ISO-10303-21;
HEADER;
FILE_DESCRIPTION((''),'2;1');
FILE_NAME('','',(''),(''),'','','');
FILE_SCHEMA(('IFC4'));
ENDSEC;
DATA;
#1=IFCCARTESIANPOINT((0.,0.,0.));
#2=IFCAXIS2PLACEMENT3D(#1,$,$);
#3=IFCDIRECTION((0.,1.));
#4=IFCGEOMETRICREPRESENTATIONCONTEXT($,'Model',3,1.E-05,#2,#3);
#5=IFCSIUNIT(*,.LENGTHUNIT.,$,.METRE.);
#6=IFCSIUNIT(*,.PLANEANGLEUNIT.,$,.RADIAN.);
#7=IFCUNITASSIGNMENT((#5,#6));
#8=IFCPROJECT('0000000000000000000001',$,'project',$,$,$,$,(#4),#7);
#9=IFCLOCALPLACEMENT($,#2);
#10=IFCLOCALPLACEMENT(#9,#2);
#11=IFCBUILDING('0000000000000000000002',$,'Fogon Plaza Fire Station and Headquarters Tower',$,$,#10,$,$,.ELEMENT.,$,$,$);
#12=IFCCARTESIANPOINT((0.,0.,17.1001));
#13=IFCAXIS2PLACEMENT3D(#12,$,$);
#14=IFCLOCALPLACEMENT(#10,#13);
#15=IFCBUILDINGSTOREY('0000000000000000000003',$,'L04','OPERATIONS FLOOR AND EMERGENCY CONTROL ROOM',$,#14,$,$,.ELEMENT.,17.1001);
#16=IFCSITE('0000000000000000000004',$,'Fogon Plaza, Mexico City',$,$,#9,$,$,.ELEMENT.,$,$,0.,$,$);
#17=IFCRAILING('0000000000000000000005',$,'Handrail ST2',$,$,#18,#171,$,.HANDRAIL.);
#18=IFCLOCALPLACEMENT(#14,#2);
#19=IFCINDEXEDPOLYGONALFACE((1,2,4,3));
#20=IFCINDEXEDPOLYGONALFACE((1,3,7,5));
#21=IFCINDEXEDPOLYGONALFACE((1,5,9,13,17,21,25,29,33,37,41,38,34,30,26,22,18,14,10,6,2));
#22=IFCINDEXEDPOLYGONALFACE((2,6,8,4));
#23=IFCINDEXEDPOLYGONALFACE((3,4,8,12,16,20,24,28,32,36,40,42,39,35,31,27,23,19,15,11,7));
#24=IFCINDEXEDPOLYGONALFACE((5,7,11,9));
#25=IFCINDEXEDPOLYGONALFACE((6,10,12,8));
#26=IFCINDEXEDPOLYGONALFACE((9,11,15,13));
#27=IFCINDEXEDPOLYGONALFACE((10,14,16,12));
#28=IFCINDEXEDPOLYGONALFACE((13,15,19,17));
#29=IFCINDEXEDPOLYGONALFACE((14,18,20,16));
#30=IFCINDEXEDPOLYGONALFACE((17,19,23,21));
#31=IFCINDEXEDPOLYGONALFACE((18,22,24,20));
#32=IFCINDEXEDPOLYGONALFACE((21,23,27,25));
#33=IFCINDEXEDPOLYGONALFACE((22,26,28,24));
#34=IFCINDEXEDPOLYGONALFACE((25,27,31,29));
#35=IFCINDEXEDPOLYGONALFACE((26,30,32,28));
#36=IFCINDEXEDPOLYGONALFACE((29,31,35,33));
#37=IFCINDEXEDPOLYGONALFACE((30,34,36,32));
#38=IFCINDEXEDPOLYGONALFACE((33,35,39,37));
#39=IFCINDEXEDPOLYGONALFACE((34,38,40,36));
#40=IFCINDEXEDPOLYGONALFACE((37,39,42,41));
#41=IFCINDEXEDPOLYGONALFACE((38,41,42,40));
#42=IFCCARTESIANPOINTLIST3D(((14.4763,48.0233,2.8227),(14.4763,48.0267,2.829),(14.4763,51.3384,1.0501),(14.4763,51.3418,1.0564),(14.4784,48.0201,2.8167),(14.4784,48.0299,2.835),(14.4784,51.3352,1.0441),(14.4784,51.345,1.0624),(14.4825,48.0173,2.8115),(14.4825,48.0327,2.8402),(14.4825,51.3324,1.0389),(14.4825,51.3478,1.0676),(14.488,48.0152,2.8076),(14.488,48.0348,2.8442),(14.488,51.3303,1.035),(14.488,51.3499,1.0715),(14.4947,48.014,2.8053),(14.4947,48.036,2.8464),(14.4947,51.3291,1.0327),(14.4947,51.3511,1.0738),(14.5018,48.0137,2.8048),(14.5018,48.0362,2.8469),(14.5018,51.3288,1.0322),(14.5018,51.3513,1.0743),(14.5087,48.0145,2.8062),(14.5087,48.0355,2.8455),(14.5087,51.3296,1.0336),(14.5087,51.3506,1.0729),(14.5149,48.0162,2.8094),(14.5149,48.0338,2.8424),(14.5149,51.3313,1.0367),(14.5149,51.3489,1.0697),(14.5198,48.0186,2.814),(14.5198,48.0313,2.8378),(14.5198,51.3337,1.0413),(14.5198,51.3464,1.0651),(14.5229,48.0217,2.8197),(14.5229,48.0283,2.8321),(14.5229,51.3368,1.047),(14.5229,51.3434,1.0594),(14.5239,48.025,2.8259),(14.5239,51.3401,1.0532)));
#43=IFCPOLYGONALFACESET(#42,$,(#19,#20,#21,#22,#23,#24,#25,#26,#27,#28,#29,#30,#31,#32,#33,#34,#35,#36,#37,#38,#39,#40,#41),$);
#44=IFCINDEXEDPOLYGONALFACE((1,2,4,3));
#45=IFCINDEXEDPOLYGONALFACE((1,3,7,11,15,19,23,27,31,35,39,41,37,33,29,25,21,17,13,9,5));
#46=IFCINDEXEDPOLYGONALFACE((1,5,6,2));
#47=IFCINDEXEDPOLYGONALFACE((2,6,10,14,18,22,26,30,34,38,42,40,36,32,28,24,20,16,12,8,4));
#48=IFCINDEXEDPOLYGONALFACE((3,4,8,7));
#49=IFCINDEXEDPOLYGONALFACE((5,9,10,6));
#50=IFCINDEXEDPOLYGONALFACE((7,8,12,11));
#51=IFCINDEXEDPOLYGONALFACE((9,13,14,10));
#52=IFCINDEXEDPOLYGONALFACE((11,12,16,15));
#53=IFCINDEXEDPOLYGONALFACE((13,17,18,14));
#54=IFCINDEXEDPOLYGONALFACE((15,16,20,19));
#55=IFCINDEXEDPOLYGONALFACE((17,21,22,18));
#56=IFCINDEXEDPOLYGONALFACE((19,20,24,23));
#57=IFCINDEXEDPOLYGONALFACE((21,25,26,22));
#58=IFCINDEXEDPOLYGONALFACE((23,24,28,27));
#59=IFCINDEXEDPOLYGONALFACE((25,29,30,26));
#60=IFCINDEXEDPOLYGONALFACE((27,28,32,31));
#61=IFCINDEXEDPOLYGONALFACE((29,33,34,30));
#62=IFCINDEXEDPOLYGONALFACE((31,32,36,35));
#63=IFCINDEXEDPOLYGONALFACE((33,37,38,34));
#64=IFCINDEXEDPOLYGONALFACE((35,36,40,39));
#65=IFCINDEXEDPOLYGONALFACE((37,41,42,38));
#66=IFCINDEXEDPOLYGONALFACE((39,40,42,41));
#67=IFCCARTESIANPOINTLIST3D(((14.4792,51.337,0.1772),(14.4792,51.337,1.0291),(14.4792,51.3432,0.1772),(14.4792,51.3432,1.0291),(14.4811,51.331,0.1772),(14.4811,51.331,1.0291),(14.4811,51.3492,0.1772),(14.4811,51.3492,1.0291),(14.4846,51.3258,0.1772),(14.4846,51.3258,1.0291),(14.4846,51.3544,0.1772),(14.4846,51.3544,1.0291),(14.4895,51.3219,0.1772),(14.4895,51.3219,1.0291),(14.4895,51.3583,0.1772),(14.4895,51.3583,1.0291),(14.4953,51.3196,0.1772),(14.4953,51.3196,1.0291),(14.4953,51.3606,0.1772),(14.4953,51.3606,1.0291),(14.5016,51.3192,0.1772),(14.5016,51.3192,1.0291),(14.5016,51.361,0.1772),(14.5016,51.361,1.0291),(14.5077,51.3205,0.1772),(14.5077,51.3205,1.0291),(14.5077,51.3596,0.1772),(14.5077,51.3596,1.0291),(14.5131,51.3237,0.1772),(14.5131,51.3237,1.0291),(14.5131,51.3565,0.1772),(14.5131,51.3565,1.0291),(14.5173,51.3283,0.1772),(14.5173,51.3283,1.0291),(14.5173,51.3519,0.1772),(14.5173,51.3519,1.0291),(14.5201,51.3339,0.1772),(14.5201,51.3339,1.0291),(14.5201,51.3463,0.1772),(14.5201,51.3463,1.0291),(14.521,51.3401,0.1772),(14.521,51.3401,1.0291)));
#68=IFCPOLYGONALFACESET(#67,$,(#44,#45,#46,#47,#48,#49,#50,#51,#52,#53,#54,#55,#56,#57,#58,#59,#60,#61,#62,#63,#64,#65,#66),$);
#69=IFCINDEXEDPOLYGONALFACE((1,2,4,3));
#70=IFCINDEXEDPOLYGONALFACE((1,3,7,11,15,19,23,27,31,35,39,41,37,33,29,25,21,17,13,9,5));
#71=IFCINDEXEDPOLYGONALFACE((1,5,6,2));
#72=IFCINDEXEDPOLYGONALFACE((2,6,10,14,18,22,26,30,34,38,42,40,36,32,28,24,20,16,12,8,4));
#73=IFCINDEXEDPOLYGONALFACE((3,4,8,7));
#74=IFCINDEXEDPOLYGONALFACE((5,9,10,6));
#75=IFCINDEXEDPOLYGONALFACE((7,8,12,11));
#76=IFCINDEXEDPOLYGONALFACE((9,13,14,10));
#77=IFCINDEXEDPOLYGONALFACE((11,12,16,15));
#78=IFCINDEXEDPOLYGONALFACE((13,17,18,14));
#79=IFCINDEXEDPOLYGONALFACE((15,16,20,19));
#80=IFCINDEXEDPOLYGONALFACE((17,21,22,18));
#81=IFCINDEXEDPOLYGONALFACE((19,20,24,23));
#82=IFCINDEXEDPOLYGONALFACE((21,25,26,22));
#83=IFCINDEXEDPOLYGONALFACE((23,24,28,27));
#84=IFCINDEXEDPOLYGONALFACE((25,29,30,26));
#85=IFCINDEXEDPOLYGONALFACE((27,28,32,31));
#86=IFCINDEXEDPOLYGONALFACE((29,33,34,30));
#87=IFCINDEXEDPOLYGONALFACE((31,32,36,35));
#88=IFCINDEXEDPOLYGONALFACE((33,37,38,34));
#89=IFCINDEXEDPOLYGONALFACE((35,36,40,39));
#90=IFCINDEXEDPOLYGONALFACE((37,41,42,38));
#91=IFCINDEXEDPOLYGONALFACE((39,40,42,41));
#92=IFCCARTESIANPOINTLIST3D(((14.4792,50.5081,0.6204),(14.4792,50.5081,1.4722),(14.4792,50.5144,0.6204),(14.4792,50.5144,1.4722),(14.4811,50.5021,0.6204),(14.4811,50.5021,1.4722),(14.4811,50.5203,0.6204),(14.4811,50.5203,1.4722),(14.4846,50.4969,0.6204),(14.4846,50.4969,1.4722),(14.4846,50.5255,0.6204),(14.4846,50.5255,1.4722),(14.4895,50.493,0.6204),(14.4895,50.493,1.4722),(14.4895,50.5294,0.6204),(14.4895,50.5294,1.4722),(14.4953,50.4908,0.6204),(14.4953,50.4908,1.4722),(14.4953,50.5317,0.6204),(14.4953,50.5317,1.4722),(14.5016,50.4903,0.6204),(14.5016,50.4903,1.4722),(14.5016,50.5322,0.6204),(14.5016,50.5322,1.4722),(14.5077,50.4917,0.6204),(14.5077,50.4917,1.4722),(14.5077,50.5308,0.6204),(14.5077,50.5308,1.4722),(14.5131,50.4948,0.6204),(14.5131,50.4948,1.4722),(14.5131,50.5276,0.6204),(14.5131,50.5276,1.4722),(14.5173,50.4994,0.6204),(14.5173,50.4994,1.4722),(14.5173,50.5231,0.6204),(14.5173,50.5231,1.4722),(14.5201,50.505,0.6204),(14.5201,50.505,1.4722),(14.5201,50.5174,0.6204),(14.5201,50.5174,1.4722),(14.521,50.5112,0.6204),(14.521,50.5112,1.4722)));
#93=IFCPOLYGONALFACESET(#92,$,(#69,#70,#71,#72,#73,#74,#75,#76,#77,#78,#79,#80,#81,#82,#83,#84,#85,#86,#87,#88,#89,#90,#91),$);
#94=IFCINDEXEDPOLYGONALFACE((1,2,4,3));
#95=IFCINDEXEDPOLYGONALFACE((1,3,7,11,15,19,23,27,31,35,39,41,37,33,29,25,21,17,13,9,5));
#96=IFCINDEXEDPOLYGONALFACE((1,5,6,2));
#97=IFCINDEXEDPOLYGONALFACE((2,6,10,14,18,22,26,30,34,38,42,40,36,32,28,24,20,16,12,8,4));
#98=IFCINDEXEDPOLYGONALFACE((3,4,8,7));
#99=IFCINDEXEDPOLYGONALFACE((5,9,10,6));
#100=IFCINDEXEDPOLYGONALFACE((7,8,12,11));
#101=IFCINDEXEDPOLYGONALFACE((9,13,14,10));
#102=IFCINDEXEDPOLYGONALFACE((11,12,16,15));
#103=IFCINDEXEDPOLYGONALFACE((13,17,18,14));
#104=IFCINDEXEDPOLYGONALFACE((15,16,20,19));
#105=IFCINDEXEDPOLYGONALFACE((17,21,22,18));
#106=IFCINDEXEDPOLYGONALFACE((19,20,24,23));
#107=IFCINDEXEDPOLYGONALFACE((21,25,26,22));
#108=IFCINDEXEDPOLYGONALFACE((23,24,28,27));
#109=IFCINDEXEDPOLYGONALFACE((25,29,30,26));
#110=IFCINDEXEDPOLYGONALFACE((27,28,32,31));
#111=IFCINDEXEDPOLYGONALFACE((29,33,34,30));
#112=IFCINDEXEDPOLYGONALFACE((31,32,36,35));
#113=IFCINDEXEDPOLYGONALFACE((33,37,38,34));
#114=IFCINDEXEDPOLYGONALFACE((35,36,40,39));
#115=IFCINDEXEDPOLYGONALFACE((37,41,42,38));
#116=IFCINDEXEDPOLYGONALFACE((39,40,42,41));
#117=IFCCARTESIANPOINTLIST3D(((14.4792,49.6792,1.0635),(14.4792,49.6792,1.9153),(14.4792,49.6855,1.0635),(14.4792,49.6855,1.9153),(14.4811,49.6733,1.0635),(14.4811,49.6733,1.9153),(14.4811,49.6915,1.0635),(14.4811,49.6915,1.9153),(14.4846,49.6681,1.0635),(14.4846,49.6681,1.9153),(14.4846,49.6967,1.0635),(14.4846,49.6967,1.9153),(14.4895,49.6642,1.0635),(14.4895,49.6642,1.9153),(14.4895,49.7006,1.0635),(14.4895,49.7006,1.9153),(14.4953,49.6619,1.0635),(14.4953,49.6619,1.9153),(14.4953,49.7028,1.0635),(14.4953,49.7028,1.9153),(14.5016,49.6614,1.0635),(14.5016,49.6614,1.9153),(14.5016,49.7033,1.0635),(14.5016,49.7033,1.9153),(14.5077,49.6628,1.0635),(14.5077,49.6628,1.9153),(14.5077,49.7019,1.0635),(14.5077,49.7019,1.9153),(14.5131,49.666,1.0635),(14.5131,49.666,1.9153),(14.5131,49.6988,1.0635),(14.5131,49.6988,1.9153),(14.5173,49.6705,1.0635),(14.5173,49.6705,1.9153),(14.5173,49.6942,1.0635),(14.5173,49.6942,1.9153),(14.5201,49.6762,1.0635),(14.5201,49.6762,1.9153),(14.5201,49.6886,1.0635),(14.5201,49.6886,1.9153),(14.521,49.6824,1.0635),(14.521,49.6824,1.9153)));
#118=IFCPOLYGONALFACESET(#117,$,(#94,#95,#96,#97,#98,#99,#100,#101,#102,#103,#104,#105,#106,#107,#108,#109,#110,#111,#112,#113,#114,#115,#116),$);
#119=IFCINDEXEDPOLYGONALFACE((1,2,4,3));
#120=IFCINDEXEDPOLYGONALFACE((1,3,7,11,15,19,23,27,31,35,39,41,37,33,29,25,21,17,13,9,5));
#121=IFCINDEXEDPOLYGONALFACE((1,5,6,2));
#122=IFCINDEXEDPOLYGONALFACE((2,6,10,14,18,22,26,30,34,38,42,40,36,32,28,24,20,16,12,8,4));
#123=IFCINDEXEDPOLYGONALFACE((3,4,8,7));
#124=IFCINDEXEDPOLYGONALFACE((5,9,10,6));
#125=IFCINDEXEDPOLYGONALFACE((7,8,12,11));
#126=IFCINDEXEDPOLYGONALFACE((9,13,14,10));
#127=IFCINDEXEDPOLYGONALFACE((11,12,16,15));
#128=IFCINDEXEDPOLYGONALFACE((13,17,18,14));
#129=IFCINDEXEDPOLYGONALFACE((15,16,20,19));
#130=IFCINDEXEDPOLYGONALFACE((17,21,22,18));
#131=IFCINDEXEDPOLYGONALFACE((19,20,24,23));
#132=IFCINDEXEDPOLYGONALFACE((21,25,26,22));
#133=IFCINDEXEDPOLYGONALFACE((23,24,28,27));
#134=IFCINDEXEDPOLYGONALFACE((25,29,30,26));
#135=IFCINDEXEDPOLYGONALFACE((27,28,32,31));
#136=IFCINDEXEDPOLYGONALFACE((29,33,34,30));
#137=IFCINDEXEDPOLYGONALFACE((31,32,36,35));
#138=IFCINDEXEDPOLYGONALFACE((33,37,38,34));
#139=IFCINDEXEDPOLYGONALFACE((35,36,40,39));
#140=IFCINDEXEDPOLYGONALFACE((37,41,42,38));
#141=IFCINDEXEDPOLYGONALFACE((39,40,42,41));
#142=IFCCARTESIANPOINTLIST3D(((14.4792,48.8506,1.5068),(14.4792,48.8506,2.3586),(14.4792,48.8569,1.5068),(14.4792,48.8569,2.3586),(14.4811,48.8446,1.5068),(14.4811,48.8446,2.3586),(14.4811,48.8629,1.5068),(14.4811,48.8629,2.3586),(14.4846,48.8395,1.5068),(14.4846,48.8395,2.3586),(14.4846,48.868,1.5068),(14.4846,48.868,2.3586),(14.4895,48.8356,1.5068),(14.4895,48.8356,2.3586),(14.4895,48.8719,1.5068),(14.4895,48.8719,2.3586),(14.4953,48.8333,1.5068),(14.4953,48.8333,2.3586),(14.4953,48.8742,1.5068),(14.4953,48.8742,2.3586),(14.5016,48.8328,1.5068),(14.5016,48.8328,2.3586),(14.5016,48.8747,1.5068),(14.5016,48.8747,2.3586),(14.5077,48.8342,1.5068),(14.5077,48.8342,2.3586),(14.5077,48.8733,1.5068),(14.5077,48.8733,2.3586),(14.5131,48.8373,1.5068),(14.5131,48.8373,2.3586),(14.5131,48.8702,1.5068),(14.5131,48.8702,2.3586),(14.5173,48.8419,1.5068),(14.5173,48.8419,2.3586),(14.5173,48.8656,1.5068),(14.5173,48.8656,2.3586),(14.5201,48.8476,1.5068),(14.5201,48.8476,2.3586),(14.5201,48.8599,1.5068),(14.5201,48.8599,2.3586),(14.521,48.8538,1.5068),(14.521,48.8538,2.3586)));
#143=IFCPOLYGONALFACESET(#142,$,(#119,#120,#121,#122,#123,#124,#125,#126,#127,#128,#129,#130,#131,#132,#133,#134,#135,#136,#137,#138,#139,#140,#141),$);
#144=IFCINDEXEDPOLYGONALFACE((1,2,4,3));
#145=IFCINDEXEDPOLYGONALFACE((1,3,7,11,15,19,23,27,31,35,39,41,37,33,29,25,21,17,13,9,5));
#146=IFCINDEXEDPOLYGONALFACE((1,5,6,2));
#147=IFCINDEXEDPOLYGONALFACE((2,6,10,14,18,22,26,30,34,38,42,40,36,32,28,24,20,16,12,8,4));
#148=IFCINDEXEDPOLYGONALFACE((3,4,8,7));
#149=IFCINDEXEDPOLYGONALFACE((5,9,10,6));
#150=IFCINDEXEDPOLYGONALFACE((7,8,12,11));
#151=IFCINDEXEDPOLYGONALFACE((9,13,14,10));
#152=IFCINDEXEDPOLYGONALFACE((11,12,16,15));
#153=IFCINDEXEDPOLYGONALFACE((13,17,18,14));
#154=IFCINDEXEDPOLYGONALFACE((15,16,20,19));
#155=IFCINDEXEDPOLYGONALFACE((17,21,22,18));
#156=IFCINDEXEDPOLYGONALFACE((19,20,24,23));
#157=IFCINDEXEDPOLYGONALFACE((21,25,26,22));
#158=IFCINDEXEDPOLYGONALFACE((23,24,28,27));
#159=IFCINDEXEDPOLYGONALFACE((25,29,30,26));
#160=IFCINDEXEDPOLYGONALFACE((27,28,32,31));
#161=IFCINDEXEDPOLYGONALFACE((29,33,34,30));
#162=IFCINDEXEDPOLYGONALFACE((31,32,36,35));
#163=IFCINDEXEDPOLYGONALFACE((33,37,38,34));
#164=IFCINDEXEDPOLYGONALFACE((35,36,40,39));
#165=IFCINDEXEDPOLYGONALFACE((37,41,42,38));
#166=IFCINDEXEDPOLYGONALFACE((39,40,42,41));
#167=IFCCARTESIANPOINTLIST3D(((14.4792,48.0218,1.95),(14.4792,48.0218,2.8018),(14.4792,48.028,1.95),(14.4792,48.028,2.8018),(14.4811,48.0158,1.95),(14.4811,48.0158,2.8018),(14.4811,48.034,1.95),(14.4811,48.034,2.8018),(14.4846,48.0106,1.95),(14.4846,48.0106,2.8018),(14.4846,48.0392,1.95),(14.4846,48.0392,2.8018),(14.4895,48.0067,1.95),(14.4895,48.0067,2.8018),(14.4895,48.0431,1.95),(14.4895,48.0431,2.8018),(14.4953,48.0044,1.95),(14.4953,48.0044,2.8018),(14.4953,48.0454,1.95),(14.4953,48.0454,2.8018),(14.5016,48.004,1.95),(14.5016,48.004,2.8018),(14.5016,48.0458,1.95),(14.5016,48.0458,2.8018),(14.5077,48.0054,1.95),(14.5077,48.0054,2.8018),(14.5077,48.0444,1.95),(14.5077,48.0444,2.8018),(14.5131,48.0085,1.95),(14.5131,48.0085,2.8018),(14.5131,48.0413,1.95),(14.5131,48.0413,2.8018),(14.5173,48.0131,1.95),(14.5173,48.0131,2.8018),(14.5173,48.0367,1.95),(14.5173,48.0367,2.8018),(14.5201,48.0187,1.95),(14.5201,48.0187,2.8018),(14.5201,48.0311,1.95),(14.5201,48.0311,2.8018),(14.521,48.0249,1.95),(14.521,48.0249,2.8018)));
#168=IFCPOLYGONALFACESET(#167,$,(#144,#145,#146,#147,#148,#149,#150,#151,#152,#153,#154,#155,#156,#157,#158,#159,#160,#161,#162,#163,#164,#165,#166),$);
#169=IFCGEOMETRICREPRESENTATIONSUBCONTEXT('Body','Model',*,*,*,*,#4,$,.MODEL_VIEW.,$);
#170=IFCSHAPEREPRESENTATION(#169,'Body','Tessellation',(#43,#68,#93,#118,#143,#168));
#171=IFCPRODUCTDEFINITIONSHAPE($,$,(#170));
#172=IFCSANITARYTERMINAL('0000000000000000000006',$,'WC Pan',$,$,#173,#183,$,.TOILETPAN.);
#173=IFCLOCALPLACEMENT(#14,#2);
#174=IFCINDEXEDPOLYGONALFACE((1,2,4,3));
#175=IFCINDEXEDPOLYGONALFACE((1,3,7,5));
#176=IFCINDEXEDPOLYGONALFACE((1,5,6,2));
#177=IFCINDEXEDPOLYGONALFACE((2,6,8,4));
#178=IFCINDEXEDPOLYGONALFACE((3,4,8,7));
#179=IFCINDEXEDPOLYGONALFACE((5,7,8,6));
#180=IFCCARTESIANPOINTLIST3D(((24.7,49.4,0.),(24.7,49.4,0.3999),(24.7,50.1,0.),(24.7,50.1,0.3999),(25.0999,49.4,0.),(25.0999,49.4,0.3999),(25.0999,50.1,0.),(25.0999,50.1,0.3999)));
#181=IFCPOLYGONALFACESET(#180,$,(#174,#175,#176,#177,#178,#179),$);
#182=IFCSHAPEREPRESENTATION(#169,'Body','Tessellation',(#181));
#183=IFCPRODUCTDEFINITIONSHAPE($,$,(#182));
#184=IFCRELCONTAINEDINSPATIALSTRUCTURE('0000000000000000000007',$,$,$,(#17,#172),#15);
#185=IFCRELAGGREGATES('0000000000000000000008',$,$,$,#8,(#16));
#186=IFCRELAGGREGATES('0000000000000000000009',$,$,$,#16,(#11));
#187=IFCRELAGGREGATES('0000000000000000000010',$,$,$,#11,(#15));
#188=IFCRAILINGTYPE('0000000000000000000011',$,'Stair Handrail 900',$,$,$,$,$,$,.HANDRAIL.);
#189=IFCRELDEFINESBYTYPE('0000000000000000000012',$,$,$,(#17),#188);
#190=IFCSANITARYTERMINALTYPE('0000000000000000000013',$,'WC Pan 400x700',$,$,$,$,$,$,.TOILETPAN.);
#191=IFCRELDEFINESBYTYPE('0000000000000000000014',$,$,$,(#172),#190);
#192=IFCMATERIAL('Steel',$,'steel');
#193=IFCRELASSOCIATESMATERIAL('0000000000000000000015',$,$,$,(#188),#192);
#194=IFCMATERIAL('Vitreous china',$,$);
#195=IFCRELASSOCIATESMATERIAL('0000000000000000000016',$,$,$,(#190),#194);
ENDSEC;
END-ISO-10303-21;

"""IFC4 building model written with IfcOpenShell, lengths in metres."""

from ifc_helpers import new_model, si_unit, direction, frame, origin, origin_2d, place, context, subcontext, project, spatial, rectangle, circle, extrude, material, type_object, element, save


model = new_model("IFC4")

# Units and contexts
model_context = context("Model", 3, precision=1e-05, world=origin(), true_north=direction((0.0, 1.0)))
body_context = subcontext(model_context, "Body", "Model", "MODEL_VIEW")
ifc_project = project(units=[si_unit("LENGTHUNIT", "METRE"), si_unit("PLANEANGLEUNIT", "RADIAN")], contexts=[model_context])

# Site, building, storey
site_placement = place(None, origin())
site = spatial("IfcSite", under=ifc_project, at=site_placement, Name="Fogon Plaza, Mexico City", CompositionType="ELEMENT", RefElevation=0.0)
building_placement = place(site_placement, origin())
building = spatial("IfcBuilding", under=site, at=building_placement, Name="Fogon Plaza Fire Station and Headquarters Tower", CompositionType="ELEMENT")
storey_placement = place(building_placement, frame((0.0, 0.0, 17.1001)))
storey = spatial("IfcBuildingStorey", under=building, at=storey_placement, Name="L04", Description="OPERATIONS FLOOR AND EMERGENCY CONTROL ROOM", CompositionType="ELEMENT", Elevation=17.1001)

# Railing
ifc_material_1 = material(Name="Steel", Category="steel")
railing_type = type_object("IfcRailingType", Name="Stair Handrail 900", PredefinedType="HANDRAIL", material=ifc_material_1)
for number, where, name in (
    (1, (14.5, 51.3401, 0.1772), "Handrail ST2"),
):
    element("IfcRailing", number, at=place(storey_placement, frame(where)), inside=storey, type_object=railing_type, Name=name, PredefinedType="HANDRAIL", context=body_context, shape_type="SweptSolid", body=[
        extrude(circle(Radius=0.0239, at=origin_2d()), frame((0.0, 0.0, 0.876), z_axis=(0.0, -0.881844, 0.471542), x_axis=(1.0, 0.0, 0.0)), (0.0, 0.0, 1.0), 3.7593),
        extrude(circle(Radius=0.021, at=origin_2d()), origin(), (0.0, 0.0, 1.0), 0.8518),
        extrude(circle(Radius=0.021, at=origin_2d()), frame((0.0, -0.8289, 0.4431)), (0.0, 0.0, 1.0), 0.8518),
        extrude(circle(Radius=0.021, at=origin_2d()), frame((0.0, -1.6577, 0.8862)), (0.0, 0.0, 1.0), 0.8518),
        extrude(circle(Radius=0.021, at=origin_2d()), frame((0.0, -2.4863, 1.3296)), (0.0, 0.0, 1.0), 0.8518),
        extrude(circle(Radius=0.021, at=origin_2d()), frame((0.0, -3.3152, 1.7727)), (0.0, 0.0, 1.0), 0.8518),
    ])

# Sanitary terminal
ifc_material_2 = material(Name="Vitreous china")
sanitary_terminal_type = type_object("IfcSanitaryTerminalType", Name="WC Pan 400x700", PredefinedType="TOILETPAN", material=ifc_material_2)
sanitary_terminal_placement = place(storey_placement, frame((24.8999, 49.75, 0.0), z_axis=(0.0, 0.0, 1.0), x_axis=(1.0, 0.0, 0.0)))
element("IfcSanitaryTerminal", 2, at=sanitary_terminal_placement, inside=storey, type_object=sanitary_terminal_type, Name="WC Pan", PredefinedType="TOILETPAN", context=body_context, shape_type="SweptSolid", body=[
    extrude(rectangle(XDim=0.3999, YDim=0.7, at=origin_2d()), origin(), (0.0, 0.0, 1.0), 0.3999),
])

save(model, "model.ifc")
